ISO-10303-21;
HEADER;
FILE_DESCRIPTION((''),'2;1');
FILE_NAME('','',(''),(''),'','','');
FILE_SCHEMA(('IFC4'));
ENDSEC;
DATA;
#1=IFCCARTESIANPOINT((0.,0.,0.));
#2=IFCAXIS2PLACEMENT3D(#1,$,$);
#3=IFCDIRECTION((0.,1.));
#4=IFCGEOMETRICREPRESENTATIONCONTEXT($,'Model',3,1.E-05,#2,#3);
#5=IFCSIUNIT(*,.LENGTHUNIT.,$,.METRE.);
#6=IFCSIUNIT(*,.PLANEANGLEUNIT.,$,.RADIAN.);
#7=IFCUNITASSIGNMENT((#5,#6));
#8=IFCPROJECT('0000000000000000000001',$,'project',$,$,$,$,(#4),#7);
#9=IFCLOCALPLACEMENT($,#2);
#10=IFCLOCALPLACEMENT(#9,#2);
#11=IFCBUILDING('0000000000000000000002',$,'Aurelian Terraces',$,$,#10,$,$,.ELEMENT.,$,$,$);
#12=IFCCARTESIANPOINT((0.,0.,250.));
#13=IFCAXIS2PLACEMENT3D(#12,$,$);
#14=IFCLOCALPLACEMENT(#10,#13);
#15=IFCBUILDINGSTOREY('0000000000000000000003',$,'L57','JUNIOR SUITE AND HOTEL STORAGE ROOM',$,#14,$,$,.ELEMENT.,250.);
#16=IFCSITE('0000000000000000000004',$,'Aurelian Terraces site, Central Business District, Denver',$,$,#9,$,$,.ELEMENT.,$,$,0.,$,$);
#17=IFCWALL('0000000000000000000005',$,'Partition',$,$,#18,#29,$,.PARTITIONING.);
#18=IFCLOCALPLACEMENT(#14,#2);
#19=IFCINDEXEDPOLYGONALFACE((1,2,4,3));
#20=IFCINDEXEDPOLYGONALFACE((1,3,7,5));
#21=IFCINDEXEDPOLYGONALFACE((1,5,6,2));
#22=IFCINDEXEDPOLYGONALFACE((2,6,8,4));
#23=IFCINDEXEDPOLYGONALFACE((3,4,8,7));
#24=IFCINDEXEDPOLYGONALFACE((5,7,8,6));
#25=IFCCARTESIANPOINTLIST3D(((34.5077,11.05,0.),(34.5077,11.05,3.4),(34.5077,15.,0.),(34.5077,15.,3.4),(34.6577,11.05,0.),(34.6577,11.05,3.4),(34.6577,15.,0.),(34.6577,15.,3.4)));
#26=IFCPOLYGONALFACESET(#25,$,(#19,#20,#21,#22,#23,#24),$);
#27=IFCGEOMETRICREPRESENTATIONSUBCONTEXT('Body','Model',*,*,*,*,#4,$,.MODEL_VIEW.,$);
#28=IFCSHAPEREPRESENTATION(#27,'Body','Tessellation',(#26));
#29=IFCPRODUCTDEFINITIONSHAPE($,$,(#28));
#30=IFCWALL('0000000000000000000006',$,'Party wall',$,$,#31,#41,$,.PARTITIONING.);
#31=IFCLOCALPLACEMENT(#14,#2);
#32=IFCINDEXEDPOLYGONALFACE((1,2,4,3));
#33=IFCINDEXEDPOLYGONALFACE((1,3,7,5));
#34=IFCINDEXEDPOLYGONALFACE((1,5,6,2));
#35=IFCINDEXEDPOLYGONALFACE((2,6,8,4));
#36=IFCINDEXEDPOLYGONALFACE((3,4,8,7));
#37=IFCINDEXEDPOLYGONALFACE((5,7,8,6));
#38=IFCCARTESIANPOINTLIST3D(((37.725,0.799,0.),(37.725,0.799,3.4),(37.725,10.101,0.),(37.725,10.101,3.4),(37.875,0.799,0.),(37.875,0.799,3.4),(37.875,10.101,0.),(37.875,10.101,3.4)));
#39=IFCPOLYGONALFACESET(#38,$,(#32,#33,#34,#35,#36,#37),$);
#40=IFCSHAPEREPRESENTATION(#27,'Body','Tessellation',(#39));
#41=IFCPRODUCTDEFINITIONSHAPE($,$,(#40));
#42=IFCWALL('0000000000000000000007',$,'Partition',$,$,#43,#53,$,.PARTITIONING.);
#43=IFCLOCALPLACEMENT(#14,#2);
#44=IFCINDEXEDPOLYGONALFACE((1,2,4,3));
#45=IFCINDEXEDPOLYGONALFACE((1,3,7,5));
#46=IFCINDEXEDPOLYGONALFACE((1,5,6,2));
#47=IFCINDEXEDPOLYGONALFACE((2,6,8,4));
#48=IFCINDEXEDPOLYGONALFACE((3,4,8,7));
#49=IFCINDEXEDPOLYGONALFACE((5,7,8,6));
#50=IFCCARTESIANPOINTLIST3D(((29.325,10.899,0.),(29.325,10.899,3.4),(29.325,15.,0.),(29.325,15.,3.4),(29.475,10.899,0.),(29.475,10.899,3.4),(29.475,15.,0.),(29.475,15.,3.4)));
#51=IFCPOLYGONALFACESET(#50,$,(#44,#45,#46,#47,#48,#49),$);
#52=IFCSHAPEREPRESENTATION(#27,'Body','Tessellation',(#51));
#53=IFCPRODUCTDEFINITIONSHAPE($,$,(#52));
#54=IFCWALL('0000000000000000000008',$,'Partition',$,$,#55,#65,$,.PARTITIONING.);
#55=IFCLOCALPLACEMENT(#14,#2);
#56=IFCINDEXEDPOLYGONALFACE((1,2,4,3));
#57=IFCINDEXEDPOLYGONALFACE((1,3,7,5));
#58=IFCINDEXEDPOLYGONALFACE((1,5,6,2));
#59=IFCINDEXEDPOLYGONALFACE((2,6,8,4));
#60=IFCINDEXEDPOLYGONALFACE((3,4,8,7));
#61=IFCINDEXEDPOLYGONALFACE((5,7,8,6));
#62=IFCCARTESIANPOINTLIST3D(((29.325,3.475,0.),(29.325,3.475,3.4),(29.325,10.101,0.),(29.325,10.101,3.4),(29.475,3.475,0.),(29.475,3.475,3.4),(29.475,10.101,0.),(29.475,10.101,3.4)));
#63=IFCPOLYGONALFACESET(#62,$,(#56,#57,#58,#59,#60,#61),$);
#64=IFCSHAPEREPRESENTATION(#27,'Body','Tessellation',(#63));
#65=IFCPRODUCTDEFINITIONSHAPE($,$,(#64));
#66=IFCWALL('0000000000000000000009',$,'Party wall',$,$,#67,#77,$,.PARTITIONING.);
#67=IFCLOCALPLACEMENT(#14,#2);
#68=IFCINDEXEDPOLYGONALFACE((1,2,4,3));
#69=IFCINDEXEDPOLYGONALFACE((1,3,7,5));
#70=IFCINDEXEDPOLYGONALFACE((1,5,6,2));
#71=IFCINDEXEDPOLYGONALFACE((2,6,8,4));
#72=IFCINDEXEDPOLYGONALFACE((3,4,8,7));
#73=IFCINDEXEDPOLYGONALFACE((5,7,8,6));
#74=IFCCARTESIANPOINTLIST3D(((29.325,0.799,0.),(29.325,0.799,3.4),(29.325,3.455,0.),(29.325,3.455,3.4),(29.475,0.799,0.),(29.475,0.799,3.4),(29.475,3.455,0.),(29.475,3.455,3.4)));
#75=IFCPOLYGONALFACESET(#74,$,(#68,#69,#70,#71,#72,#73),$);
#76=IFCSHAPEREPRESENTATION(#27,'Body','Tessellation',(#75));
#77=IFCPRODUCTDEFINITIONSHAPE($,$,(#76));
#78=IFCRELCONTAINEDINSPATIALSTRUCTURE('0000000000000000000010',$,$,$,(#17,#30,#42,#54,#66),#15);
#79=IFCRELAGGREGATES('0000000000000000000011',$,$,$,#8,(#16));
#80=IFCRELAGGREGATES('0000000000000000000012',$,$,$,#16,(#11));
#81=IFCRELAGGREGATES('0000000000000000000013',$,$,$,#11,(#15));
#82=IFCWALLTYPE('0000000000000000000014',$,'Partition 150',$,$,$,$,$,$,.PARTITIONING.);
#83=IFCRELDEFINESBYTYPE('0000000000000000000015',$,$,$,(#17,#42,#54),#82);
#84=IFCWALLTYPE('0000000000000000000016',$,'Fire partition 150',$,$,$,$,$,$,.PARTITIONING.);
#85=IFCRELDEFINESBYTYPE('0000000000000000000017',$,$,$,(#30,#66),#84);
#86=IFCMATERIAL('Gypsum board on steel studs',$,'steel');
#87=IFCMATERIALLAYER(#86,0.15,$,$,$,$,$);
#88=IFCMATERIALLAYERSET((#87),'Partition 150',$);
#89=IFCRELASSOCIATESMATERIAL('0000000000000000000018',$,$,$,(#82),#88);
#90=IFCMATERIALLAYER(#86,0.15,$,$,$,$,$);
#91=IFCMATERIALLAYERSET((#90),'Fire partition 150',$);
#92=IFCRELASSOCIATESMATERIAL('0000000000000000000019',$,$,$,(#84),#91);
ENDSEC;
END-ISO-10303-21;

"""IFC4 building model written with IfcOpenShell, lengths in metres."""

from ifc_helpers import new_model, si_unit, direction, frame, frame_2d, origin, place, context, subcontext, project, spatial, rectangle, extrude, source, transform, mapped, material, layer, layer_set, type_object, element, save


model = new_model("IFC4")

# Units and contexts
model_context = context("Model", 3, precision=1e-05, world=origin(), true_north=direction((0.0, 1.0)))
body_context = subcontext(model_context, "Body", "Model", "MODEL_VIEW")
ifc_project = project(units=[si_unit("LENGTHUNIT", "METRE"), si_unit("PLANEANGLEUNIT", "RADIAN")], contexts=[model_context])

# Site, building, storey
site_placement = place(None, origin())
site = spatial("IfcSite", under=ifc_project, at=site_placement, Name="Aurelian Terraces site, Central Business District, Denver", CompositionType="ELEMENT", RefElevation=0.0)
building_placement = place(site_placement, origin())
building = spatial("IfcBuilding", under=site, at=building_placement, Name="Aurelian Terraces", CompositionType="ELEMENT")
storey_placement = place(building_placement, frame((0.0, 0.0, 250.0)))
storey = spatial("IfcBuildingStorey", under=building, at=storey_placement, Name="L57", Description="JUNIOR SUITE AND HOTEL STORAGE ROOM", CompositionType="ELEMENT", Elevation=250.0)

# Walls
ifc_material_1 = material(Name="Gypsum board on steel studs", Category="steel")
ifc_layer_1 = layer(ifc_material_1, 0.15)
ifc_layer_set_1 = layer_set([ifc_layer_1], Name="Partition 150")
wall_type_1 = type_object("IfcWallType", Name="Partition 150", PredefinedType="PARTITIONING", material=ifc_layer_set_1)
shared_shape_1 = source(origin(), body_context, "Body", "SweptSolid", [
    extrude(rectangle(XDim=3.95, YDim=0.15, at=frame_2d((1.975, 0.0))), origin(), (0.0, 0.0, 1.0), 3.4),
])
for number, where, z_axis, x_axis, name in (
    (1, (34.5827, 11.05, 0.0), (0.0, 0.0, 1.0), (0.0, 1.0, 0.0), "Partition"),
):
    element("IfcWall", number, at=place(storey_placement, frame(where, z_axis=z_axis, x_axis=x_axis)), inside=storey, type_object=wall_type_1, Name=name, PredefinedType="PARTITIONING", context=body_context, shape_type="MappedRepresentation", body=[
        mapped(shared_shape_1, transform((0.0, 0.0, 0.0), scale=1.0)),
    ])
ifc_layer_2 = layer(ifc_material_1, 0.15)
ifc_layer_set_2 = layer_set([ifc_layer_2], Name="Fire partition 150")
wall_type_2 = type_object("IfcWallType", Name="Fire partition 150", PredefinedType="PARTITIONING", material=ifc_layer_set_2)
shared_shape_2 = source(origin(), body_context, "Body", "SweptSolid", [
    extrude(rectangle(XDim=9.302, YDim=0.15, at=frame_2d((4.651, 0.0))), origin(), (0.0, 0.0, 1.0), 3.4),
])
wall_1_placement = place(storey_placement, frame((37.8, 0.799, 0.0), z_axis=(0.0, 0.0, 1.0), x_axis=(0.0, 1.0, 0.0)))
element("IfcWall", 2, at=wall_1_placement, inside=storey, type_object=wall_type_2, Name="Party wall", PredefinedType="PARTITIONING", context=body_context, shape_type="MappedRepresentation", body=[
    mapped(shared_shape_2, transform((0.0, 0.0, 0.0), scale=1.0)),
])
shared_shape_3 = source(origin(), body_context, "Body", "SweptSolid", [
    extrude(rectangle(XDim=4.101, YDim=0.15, at=frame_2d((2.0505, 0.0))), origin(), (0.0, 0.0, 1.0), 3.4),
])
wall_2_placement = place(storey_placement, frame((29.4, 10.899, 0.0), z_axis=(0.0, 0.0, 1.0), x_axis=(0.0, 1.0, 0.0)))
element("IfcWall", 3, at=wall_2_placement, inside=storey, type_object=wall_type_1, Name="Partition", PredefinedType="PARTITIONING", context=body_context, shape_type="MappedRepresentation", body=[
    mapped(shared_shape_3, transform((0.0, 0.0, 0.0), scale=1.0)),
])
shared_shape_4 = source(origin(), body_context, "Body", "SweptSolid", [
    extrude(rectangle(XDim=6.626, YDim=0.15, at=frame_2d((3.313, 0.0))), origin(), (0.0, 0.0, 1.0), 3.4),
])
wall_3_placement = place(storey_placement, frame((29.4, 3.475, 0.0), z_axis=(0.0, 0.0, 1.0), x_axis=(0.0, 1.0, 0.0)))
element("IfcWall", 4, at=wall_3_placement, inside=storey, type_object=wall_type_1, Name="Partition", PredefinedType="PARTITIONING", context=body_context, shape_type="MappedRepresentation", body=[
    mapped(shared_shape_4, transform((0.0, 0.0, 0.0), scale=1.0)),
])
shared_shape_5 = source(origin(), body_context, "Body", "SweptSolid", [
    extrude(rectangle(XDim=2.656, YDim=0.15, at=frame_2d((1.328, 0.0))), origin(), (0.0, 0.0, 1.0), 3.4),
])
wall_4_placement = place(storey_placement, frame((29.4, 0.799, 0.0), z_axis=(0.0, 0.0, 1.0), x_axis=(0.0, 1.0, 0.0)))
element("IfcWall", 5, at=wall_4_placement, inside=storey, type_object=wall_type_2, Name="Party wall", PredefinedType="PARTITIONING", context=body_context, shape_type="MappedRepresentation", body=[
    mapped(shared_shape_5, transform((0.0, 0.0, 0.0), scale=1.0)),
])

save(model, "model.ifc")
